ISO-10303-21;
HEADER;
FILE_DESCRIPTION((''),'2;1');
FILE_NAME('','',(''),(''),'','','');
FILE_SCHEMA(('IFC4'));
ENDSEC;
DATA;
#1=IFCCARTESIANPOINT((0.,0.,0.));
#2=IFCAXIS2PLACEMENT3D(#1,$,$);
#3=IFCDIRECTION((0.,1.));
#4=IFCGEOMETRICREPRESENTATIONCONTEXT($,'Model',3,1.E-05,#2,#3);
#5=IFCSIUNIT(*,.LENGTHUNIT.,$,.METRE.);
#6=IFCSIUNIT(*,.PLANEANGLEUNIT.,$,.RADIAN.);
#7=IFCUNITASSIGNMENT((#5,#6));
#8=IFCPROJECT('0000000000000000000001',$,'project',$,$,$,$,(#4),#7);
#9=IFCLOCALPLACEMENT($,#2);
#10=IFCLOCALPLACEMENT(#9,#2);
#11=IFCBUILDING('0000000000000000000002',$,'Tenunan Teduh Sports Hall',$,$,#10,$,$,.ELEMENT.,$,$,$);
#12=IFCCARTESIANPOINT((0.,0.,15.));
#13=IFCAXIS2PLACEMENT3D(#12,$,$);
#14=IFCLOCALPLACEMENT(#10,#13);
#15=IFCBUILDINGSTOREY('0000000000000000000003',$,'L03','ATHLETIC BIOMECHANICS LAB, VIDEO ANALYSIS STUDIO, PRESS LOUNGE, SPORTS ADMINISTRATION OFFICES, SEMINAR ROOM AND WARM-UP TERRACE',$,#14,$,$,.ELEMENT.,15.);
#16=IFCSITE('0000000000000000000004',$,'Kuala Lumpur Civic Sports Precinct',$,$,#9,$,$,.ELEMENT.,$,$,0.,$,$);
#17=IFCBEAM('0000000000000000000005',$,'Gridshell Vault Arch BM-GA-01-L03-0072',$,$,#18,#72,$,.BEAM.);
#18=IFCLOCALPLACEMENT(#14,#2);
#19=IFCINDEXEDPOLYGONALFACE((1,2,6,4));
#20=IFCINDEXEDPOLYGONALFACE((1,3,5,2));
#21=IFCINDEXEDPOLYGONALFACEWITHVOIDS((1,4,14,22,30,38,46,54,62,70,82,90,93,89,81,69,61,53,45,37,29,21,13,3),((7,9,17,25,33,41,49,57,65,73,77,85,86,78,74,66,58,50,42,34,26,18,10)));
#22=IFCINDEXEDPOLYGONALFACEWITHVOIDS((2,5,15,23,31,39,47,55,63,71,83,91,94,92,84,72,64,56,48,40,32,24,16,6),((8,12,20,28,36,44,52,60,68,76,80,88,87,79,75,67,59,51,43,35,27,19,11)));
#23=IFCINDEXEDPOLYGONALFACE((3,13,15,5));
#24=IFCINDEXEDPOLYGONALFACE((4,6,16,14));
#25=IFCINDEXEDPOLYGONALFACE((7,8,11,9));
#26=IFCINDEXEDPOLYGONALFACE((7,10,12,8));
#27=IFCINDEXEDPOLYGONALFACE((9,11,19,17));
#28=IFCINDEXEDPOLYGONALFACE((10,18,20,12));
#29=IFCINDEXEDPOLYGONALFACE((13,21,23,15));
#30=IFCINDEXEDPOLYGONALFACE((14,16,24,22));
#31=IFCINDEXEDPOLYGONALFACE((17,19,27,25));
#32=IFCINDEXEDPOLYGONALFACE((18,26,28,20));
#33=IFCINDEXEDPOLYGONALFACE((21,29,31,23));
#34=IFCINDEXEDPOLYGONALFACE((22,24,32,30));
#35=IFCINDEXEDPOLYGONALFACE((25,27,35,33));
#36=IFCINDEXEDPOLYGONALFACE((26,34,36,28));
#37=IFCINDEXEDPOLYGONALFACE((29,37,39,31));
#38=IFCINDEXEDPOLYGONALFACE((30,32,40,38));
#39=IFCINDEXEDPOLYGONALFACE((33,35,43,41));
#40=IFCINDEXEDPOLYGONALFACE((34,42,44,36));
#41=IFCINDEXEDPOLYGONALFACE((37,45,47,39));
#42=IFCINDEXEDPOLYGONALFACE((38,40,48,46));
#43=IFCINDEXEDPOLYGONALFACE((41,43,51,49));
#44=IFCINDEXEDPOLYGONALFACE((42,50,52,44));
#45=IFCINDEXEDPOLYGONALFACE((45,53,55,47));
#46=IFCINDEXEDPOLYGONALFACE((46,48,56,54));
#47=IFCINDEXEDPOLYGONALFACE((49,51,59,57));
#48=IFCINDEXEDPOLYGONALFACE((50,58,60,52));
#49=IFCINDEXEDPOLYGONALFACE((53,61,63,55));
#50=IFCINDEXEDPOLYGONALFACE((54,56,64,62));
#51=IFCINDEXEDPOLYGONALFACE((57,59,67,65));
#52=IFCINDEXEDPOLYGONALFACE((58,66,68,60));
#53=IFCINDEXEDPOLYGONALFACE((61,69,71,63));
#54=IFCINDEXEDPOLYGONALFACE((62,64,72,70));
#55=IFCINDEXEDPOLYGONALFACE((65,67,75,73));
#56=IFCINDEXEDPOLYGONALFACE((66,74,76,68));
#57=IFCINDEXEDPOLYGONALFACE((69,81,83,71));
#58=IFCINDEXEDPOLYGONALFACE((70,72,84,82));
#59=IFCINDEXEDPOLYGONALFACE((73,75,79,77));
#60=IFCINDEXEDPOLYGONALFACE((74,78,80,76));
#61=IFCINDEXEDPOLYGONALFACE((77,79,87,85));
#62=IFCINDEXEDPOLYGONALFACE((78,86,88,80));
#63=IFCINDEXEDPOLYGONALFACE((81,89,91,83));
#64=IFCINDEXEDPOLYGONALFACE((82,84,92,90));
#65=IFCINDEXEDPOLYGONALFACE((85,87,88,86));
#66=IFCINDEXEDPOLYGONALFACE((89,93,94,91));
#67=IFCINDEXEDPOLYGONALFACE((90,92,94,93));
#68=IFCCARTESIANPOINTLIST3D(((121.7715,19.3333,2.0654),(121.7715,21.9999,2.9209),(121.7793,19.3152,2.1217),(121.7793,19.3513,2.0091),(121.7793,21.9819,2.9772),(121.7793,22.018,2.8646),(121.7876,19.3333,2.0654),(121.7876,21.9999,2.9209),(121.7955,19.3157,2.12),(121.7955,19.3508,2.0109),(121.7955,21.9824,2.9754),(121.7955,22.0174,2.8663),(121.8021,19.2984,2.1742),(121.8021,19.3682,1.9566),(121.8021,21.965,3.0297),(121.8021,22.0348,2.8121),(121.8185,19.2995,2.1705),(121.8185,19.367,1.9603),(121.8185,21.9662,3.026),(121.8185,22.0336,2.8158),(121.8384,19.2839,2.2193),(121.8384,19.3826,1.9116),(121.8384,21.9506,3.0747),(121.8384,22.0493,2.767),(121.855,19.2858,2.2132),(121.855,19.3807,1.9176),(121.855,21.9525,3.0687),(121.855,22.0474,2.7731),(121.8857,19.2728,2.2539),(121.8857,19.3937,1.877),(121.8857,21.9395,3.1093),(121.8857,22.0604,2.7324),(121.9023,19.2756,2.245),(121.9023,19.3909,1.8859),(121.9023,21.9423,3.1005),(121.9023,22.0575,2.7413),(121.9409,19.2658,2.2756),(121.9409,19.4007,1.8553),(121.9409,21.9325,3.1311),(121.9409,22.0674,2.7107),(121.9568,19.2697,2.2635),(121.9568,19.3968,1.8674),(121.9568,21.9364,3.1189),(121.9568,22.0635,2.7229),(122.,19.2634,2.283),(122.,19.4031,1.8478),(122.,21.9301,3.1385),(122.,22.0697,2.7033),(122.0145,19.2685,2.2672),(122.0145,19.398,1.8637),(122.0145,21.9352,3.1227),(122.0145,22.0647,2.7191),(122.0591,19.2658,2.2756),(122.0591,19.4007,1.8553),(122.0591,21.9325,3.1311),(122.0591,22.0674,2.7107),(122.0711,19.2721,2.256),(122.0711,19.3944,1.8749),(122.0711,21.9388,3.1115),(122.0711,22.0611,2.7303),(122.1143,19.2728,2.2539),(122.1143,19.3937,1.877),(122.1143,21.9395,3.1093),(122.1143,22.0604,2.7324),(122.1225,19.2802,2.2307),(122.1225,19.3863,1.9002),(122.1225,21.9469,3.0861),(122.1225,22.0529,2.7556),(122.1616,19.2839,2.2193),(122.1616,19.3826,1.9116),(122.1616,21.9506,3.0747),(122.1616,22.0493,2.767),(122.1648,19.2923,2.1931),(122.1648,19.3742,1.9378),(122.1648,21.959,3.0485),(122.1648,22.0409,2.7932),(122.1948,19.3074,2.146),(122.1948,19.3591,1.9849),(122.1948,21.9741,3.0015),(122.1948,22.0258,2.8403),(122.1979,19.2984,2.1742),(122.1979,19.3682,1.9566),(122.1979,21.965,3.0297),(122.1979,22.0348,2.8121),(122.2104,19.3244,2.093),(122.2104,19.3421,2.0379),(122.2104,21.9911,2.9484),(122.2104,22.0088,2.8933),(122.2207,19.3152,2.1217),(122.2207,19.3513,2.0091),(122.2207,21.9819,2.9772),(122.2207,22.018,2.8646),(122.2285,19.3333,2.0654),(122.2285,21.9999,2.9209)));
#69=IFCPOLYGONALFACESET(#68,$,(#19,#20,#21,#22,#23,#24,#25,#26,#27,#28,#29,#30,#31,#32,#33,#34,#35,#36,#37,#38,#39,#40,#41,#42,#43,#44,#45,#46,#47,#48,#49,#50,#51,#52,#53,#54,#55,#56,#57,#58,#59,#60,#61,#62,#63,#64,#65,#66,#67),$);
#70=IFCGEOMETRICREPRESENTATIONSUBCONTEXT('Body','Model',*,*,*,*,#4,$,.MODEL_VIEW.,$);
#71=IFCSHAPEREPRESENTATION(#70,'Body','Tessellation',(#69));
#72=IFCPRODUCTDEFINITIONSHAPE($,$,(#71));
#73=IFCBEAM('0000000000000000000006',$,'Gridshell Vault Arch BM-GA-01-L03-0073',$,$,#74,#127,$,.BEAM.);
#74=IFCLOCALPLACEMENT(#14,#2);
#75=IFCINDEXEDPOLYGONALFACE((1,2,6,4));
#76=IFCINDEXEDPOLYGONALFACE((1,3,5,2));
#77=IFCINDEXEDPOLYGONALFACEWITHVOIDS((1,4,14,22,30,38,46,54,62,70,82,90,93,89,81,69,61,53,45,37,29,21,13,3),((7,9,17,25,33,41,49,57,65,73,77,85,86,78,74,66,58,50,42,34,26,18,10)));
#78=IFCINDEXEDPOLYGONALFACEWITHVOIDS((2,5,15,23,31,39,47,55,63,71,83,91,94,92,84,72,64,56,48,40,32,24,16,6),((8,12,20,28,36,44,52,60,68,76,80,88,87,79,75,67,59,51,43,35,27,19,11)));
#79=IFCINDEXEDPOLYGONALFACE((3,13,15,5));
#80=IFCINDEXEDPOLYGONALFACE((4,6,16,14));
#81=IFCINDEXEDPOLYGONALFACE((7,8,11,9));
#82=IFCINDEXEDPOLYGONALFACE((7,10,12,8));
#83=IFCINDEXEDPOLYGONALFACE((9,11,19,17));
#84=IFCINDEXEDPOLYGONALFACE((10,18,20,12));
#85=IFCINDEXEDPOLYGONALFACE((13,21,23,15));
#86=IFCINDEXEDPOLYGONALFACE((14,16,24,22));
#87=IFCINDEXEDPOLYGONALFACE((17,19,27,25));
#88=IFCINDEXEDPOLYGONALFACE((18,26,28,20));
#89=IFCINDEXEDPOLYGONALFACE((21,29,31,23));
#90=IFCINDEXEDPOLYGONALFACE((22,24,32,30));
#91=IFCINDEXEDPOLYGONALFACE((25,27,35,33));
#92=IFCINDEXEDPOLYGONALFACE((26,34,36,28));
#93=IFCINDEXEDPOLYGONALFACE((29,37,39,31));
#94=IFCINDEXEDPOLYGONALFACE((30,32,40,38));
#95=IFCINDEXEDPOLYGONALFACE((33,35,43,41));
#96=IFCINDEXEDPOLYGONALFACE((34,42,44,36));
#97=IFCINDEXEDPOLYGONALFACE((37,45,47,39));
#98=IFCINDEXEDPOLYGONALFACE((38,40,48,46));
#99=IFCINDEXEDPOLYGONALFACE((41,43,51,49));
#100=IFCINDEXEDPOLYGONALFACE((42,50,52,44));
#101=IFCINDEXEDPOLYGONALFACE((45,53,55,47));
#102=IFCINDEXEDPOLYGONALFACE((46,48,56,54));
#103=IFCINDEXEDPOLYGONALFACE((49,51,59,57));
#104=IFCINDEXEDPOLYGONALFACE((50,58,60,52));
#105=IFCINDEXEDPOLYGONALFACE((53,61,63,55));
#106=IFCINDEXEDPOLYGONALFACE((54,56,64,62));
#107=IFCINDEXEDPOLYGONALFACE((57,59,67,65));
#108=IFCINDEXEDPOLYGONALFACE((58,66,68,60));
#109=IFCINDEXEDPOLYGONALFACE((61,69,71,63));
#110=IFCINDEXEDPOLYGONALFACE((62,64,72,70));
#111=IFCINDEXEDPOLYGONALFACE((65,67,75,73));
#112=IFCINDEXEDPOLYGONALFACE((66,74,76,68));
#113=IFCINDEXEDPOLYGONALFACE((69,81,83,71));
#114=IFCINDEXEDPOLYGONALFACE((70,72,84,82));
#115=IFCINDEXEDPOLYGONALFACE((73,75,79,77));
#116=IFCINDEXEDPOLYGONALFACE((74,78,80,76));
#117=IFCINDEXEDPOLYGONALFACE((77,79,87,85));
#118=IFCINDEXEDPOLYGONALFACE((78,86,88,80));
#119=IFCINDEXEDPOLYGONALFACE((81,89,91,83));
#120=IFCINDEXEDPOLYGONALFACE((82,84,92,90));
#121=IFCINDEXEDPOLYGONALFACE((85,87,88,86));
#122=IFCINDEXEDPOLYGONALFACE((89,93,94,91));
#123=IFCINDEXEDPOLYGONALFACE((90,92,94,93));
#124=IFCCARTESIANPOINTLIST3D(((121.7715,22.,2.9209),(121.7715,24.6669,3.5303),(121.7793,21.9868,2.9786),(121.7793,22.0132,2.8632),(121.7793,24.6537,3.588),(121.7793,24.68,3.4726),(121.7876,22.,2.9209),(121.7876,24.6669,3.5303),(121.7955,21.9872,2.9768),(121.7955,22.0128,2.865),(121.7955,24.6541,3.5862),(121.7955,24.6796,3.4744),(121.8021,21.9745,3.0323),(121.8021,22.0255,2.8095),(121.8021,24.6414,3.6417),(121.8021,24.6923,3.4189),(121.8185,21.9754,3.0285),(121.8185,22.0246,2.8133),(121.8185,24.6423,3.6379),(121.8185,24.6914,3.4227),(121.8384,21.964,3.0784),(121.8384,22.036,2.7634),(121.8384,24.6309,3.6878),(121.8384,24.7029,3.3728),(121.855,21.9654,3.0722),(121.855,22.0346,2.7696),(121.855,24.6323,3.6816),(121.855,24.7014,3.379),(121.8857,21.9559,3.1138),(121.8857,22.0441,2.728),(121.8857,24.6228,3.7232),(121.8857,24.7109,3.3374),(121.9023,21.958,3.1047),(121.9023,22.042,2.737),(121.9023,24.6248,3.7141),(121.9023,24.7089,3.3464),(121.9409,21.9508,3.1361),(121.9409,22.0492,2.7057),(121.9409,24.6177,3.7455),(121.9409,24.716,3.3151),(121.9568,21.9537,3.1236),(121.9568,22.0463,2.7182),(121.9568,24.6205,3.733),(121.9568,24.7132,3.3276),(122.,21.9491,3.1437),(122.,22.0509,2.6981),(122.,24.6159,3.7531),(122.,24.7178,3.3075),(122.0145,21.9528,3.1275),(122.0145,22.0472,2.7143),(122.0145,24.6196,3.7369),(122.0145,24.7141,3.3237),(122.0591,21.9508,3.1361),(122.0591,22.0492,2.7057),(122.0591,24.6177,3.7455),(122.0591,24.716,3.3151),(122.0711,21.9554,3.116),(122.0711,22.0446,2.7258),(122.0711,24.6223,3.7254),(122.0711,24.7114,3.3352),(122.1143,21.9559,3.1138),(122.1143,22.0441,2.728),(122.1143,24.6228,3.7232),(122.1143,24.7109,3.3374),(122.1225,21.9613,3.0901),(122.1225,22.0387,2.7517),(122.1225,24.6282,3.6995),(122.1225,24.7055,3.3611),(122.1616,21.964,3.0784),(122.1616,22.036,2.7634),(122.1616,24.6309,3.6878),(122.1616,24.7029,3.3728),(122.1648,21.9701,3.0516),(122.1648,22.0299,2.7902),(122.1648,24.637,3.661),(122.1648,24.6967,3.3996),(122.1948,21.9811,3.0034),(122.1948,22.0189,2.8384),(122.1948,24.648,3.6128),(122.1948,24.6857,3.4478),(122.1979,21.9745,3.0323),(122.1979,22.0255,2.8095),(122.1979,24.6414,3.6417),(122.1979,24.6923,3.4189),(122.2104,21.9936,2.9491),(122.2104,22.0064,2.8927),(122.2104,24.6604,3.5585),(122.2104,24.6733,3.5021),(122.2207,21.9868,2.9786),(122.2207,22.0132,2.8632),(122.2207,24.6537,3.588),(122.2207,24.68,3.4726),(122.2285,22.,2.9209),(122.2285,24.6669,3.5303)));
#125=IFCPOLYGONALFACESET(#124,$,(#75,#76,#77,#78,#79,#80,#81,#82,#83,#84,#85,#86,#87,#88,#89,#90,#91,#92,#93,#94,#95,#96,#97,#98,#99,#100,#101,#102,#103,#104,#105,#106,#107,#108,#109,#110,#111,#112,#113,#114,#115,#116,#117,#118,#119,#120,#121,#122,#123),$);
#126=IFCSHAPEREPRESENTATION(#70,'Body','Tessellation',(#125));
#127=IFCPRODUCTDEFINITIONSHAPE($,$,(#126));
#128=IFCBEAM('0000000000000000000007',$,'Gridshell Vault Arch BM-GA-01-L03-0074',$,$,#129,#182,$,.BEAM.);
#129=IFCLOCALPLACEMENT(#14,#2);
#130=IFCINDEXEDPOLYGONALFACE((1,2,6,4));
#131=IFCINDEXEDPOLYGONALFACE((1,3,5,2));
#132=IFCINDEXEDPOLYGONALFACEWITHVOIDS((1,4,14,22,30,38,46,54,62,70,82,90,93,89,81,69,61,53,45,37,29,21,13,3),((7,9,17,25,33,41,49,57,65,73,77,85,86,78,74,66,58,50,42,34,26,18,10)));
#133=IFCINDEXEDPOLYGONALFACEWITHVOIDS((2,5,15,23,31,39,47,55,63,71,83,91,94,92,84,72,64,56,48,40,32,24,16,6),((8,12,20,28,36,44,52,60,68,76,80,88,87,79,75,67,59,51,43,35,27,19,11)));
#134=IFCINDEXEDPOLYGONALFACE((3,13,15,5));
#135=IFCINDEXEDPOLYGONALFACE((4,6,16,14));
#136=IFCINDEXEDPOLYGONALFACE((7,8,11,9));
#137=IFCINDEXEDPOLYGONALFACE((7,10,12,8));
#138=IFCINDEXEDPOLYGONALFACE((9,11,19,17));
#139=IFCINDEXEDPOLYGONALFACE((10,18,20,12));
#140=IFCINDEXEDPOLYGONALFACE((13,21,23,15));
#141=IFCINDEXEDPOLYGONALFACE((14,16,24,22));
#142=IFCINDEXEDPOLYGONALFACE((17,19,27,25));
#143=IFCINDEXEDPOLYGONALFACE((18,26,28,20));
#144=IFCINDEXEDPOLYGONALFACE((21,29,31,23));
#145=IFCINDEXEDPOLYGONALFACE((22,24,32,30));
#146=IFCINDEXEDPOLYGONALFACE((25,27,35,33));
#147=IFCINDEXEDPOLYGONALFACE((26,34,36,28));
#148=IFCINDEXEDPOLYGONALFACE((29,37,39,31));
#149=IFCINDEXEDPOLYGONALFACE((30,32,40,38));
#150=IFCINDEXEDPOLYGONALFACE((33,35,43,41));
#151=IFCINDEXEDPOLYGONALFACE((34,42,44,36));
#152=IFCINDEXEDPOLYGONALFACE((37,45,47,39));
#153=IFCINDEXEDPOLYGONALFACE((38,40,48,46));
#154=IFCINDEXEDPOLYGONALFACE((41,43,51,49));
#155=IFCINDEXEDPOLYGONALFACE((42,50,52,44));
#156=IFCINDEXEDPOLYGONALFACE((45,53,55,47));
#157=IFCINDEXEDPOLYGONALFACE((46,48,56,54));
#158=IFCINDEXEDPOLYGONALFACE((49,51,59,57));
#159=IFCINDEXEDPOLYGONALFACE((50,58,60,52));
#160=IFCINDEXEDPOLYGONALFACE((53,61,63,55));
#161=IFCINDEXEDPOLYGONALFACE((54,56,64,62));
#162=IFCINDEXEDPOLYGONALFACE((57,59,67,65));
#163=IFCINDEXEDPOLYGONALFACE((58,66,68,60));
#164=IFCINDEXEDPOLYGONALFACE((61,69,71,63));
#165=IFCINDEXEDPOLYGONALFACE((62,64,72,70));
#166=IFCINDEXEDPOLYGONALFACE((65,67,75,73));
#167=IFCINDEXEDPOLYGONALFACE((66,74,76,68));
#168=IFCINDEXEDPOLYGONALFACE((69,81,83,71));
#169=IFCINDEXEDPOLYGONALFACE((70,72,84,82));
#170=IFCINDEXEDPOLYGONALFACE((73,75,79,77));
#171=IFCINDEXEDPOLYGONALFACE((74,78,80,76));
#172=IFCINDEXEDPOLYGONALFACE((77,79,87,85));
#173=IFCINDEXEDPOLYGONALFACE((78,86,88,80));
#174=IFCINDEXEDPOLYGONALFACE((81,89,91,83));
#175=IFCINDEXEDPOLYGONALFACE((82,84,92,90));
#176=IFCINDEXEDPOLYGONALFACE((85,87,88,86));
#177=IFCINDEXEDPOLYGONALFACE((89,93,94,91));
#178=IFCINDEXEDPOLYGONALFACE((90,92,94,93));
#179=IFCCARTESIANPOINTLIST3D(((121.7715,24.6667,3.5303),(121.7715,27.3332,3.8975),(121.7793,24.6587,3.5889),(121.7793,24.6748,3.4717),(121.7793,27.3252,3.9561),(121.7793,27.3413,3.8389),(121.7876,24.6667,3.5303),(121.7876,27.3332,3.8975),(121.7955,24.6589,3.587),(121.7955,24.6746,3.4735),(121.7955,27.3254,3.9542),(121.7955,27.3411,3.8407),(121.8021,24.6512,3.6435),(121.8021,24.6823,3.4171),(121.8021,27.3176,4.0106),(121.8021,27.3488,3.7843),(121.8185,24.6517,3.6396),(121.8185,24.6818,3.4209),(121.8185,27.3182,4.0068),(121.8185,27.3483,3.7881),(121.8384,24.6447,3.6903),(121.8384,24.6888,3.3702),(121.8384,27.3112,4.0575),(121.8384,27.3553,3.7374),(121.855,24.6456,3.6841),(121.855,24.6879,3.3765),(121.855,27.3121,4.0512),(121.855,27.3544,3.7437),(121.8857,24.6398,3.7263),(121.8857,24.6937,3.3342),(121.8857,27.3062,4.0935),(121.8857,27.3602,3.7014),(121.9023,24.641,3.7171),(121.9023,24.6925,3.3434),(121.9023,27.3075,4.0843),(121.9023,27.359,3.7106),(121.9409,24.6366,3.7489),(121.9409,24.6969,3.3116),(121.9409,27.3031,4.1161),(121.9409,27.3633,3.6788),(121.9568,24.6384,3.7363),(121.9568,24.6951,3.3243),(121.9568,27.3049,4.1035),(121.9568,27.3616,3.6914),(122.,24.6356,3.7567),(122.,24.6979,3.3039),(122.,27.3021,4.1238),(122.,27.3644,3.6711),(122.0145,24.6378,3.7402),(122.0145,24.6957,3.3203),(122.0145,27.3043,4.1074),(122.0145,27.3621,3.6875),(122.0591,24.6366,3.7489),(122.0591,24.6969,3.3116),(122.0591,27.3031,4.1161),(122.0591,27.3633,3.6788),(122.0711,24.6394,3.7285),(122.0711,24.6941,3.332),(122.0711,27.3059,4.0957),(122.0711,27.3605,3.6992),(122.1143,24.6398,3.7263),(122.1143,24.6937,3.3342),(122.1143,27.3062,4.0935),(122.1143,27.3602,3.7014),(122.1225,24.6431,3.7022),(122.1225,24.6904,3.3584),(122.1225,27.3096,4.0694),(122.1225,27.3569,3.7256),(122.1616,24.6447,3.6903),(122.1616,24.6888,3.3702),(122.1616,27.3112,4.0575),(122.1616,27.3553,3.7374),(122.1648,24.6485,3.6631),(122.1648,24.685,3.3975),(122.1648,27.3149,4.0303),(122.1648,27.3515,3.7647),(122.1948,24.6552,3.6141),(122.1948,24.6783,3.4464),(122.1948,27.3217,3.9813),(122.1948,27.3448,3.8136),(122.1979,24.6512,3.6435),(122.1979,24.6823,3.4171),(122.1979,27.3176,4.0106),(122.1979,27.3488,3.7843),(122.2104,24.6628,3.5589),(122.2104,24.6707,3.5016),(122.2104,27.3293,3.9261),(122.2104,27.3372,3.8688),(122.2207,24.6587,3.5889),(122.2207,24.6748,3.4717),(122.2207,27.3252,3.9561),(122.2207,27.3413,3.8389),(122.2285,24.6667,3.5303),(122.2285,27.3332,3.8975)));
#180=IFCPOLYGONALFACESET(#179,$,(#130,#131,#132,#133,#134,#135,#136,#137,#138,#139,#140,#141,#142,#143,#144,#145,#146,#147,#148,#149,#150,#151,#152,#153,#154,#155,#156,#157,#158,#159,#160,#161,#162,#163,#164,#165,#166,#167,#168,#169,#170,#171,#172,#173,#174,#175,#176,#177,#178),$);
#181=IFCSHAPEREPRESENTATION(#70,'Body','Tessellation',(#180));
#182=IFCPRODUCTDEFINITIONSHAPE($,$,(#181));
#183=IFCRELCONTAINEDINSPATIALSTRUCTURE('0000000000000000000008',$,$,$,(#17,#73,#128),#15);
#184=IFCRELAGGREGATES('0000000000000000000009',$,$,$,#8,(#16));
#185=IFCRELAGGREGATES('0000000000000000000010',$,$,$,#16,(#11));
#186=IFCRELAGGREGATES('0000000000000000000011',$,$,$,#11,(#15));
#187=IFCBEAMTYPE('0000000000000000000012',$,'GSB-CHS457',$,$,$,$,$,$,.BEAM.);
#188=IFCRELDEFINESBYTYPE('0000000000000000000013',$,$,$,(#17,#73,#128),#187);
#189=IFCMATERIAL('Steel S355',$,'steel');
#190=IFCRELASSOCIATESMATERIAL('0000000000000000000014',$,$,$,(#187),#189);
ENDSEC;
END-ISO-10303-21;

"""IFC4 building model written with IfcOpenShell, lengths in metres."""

from ifc_helpers import new_model, si_unit, direction, frame, origin, origin_2d, place, context, subcontext, project, spatial, hollow_circle, extrude, material, material_profile, profile_set, type_object, element, save


model = new_model("IFC4")

# Units and contexts
model_context = context("Model", 3, precision=1e-05, world=origin(), true_north=direction((0.0, 1.0)))
body_context = subcontext(model_context, "Body", "Model", "MODEL_VIEW")
ifc_project = project(units=[si_unit("LENGTHUNIT", "METRE"), si_unit("PLANEANGLEUNIT", "RADIAN")], contexts=[model_context])

# Site, building, storey
site_placement = place(None, origin())
site = spatial("IfcSite", under=ifc_project, at=site_placement, Name="Kuala Lumpur Civic Sports Precinct", CompositionType="ELEMENT", RefElevation=0.0)
building_placement = place(site_placement, origin())
building = spatial("IfcBuilding", under=site, at=building_placement, Name="Tenunan Teduh Sports Hall", CompositionType="ELEMENT")
storey_placement = place(building_placement, frame((0.0, 0.0, 15.0)))
storey = spatial("IfcBuildingStorey", under=building, at=storey_placement, Name="L03", Description="ATHLETIC BIOMECHANICS LAB, VIDEO ANALYSIS STUDIO, PRESS LOUNGE, SPORTS ADMINISTRATION OFFICES, SEMINAR ROOM AND WARM-UP TERRACE", CompositionType="ELEMENT", Elevation=15.0)

# Beams
ifc_material_1 = material(Name="Steel S355", Category="steel")
ifc_material_profile_1 = material_profile(ifc_material_1, hollow_circle(Radius=0.2285, WallThickness=0.0161, at=origin_2d()), Name="CHS 457.0x16.0")
ifc_profile_set_1 = profile_set([ifc_material_profile_1], Name="Steel S355")
beam_type_1 = type_object("IfcBeamType", Name="GSB-CHS457", PredefinedType="BEAM", material=ifc_profile_set_1)
beam_1_placement = place(storey_placement, frame((122.0, 19.3333, 2.0654), z_axis=(0.0, 0.952205, 0.305459), x_axis=(-1.0, 0.0, 0.0)))
element("IfcBeam", 1, at=beam_1_placement, inside=storey, type_object=beam_type_1, Name="Gridshell Vault Arch BM-GA-01-L03-0072", PredefinedType="BEAM", context=body_context, shape_type="SweptSolid", body=[
    extrude(hollow_circle(Radius=0.2285, WallThickness=0.0161, at=origin_2d()), origin(), (0.0, 0.0, 1.0), 2.8005),
])
beam_2_placement = place(storey_placement, frame((122.0, 22.0, 2.9209), z_axis=(0.0, 0.974872, 0.222767), x_axis=(-1.0, 0.0, 0.0)))
element("IfcBeam", 2, at=beam_2_placement, inside=storey, type_object=beam_type_1, Name="Gridshell Vault Arch BM-GA-01-L03-0073", PredefinedType="BEAM", context=body_context, shape_type="SweptSolid", body=[
    extrude(hollow_circle(Radius=0.2285, WallThickness=0.0161, at=origin_2d()), origin(), (0.0, 0.0, 1.0), 2.7356),
])
beam_3_placement = place(storey_placement, frame((122.0, 24.6667, 3.5303), z_axis=(0.0, 0.990652, 0.136416), x_axis=(-1.0, 0.0, 0.0)))
element("IfcBeam", 3, at=beam_3_placement, inside=storey, type_object=beam_type_1, Name="Gridshell Vault Arch BM-GA-01-L03-0074", PredefinedType="BEAM", context=body_context, shape_type="SweptSolid", body=[
    extrude(hollow_circle(Radius=0.2285, WallThickness=0.0161, at=origin_2d()), origin(), (0.0, 0.0, 1.0), 2.6917),
])

save(model, "model.ifc")
